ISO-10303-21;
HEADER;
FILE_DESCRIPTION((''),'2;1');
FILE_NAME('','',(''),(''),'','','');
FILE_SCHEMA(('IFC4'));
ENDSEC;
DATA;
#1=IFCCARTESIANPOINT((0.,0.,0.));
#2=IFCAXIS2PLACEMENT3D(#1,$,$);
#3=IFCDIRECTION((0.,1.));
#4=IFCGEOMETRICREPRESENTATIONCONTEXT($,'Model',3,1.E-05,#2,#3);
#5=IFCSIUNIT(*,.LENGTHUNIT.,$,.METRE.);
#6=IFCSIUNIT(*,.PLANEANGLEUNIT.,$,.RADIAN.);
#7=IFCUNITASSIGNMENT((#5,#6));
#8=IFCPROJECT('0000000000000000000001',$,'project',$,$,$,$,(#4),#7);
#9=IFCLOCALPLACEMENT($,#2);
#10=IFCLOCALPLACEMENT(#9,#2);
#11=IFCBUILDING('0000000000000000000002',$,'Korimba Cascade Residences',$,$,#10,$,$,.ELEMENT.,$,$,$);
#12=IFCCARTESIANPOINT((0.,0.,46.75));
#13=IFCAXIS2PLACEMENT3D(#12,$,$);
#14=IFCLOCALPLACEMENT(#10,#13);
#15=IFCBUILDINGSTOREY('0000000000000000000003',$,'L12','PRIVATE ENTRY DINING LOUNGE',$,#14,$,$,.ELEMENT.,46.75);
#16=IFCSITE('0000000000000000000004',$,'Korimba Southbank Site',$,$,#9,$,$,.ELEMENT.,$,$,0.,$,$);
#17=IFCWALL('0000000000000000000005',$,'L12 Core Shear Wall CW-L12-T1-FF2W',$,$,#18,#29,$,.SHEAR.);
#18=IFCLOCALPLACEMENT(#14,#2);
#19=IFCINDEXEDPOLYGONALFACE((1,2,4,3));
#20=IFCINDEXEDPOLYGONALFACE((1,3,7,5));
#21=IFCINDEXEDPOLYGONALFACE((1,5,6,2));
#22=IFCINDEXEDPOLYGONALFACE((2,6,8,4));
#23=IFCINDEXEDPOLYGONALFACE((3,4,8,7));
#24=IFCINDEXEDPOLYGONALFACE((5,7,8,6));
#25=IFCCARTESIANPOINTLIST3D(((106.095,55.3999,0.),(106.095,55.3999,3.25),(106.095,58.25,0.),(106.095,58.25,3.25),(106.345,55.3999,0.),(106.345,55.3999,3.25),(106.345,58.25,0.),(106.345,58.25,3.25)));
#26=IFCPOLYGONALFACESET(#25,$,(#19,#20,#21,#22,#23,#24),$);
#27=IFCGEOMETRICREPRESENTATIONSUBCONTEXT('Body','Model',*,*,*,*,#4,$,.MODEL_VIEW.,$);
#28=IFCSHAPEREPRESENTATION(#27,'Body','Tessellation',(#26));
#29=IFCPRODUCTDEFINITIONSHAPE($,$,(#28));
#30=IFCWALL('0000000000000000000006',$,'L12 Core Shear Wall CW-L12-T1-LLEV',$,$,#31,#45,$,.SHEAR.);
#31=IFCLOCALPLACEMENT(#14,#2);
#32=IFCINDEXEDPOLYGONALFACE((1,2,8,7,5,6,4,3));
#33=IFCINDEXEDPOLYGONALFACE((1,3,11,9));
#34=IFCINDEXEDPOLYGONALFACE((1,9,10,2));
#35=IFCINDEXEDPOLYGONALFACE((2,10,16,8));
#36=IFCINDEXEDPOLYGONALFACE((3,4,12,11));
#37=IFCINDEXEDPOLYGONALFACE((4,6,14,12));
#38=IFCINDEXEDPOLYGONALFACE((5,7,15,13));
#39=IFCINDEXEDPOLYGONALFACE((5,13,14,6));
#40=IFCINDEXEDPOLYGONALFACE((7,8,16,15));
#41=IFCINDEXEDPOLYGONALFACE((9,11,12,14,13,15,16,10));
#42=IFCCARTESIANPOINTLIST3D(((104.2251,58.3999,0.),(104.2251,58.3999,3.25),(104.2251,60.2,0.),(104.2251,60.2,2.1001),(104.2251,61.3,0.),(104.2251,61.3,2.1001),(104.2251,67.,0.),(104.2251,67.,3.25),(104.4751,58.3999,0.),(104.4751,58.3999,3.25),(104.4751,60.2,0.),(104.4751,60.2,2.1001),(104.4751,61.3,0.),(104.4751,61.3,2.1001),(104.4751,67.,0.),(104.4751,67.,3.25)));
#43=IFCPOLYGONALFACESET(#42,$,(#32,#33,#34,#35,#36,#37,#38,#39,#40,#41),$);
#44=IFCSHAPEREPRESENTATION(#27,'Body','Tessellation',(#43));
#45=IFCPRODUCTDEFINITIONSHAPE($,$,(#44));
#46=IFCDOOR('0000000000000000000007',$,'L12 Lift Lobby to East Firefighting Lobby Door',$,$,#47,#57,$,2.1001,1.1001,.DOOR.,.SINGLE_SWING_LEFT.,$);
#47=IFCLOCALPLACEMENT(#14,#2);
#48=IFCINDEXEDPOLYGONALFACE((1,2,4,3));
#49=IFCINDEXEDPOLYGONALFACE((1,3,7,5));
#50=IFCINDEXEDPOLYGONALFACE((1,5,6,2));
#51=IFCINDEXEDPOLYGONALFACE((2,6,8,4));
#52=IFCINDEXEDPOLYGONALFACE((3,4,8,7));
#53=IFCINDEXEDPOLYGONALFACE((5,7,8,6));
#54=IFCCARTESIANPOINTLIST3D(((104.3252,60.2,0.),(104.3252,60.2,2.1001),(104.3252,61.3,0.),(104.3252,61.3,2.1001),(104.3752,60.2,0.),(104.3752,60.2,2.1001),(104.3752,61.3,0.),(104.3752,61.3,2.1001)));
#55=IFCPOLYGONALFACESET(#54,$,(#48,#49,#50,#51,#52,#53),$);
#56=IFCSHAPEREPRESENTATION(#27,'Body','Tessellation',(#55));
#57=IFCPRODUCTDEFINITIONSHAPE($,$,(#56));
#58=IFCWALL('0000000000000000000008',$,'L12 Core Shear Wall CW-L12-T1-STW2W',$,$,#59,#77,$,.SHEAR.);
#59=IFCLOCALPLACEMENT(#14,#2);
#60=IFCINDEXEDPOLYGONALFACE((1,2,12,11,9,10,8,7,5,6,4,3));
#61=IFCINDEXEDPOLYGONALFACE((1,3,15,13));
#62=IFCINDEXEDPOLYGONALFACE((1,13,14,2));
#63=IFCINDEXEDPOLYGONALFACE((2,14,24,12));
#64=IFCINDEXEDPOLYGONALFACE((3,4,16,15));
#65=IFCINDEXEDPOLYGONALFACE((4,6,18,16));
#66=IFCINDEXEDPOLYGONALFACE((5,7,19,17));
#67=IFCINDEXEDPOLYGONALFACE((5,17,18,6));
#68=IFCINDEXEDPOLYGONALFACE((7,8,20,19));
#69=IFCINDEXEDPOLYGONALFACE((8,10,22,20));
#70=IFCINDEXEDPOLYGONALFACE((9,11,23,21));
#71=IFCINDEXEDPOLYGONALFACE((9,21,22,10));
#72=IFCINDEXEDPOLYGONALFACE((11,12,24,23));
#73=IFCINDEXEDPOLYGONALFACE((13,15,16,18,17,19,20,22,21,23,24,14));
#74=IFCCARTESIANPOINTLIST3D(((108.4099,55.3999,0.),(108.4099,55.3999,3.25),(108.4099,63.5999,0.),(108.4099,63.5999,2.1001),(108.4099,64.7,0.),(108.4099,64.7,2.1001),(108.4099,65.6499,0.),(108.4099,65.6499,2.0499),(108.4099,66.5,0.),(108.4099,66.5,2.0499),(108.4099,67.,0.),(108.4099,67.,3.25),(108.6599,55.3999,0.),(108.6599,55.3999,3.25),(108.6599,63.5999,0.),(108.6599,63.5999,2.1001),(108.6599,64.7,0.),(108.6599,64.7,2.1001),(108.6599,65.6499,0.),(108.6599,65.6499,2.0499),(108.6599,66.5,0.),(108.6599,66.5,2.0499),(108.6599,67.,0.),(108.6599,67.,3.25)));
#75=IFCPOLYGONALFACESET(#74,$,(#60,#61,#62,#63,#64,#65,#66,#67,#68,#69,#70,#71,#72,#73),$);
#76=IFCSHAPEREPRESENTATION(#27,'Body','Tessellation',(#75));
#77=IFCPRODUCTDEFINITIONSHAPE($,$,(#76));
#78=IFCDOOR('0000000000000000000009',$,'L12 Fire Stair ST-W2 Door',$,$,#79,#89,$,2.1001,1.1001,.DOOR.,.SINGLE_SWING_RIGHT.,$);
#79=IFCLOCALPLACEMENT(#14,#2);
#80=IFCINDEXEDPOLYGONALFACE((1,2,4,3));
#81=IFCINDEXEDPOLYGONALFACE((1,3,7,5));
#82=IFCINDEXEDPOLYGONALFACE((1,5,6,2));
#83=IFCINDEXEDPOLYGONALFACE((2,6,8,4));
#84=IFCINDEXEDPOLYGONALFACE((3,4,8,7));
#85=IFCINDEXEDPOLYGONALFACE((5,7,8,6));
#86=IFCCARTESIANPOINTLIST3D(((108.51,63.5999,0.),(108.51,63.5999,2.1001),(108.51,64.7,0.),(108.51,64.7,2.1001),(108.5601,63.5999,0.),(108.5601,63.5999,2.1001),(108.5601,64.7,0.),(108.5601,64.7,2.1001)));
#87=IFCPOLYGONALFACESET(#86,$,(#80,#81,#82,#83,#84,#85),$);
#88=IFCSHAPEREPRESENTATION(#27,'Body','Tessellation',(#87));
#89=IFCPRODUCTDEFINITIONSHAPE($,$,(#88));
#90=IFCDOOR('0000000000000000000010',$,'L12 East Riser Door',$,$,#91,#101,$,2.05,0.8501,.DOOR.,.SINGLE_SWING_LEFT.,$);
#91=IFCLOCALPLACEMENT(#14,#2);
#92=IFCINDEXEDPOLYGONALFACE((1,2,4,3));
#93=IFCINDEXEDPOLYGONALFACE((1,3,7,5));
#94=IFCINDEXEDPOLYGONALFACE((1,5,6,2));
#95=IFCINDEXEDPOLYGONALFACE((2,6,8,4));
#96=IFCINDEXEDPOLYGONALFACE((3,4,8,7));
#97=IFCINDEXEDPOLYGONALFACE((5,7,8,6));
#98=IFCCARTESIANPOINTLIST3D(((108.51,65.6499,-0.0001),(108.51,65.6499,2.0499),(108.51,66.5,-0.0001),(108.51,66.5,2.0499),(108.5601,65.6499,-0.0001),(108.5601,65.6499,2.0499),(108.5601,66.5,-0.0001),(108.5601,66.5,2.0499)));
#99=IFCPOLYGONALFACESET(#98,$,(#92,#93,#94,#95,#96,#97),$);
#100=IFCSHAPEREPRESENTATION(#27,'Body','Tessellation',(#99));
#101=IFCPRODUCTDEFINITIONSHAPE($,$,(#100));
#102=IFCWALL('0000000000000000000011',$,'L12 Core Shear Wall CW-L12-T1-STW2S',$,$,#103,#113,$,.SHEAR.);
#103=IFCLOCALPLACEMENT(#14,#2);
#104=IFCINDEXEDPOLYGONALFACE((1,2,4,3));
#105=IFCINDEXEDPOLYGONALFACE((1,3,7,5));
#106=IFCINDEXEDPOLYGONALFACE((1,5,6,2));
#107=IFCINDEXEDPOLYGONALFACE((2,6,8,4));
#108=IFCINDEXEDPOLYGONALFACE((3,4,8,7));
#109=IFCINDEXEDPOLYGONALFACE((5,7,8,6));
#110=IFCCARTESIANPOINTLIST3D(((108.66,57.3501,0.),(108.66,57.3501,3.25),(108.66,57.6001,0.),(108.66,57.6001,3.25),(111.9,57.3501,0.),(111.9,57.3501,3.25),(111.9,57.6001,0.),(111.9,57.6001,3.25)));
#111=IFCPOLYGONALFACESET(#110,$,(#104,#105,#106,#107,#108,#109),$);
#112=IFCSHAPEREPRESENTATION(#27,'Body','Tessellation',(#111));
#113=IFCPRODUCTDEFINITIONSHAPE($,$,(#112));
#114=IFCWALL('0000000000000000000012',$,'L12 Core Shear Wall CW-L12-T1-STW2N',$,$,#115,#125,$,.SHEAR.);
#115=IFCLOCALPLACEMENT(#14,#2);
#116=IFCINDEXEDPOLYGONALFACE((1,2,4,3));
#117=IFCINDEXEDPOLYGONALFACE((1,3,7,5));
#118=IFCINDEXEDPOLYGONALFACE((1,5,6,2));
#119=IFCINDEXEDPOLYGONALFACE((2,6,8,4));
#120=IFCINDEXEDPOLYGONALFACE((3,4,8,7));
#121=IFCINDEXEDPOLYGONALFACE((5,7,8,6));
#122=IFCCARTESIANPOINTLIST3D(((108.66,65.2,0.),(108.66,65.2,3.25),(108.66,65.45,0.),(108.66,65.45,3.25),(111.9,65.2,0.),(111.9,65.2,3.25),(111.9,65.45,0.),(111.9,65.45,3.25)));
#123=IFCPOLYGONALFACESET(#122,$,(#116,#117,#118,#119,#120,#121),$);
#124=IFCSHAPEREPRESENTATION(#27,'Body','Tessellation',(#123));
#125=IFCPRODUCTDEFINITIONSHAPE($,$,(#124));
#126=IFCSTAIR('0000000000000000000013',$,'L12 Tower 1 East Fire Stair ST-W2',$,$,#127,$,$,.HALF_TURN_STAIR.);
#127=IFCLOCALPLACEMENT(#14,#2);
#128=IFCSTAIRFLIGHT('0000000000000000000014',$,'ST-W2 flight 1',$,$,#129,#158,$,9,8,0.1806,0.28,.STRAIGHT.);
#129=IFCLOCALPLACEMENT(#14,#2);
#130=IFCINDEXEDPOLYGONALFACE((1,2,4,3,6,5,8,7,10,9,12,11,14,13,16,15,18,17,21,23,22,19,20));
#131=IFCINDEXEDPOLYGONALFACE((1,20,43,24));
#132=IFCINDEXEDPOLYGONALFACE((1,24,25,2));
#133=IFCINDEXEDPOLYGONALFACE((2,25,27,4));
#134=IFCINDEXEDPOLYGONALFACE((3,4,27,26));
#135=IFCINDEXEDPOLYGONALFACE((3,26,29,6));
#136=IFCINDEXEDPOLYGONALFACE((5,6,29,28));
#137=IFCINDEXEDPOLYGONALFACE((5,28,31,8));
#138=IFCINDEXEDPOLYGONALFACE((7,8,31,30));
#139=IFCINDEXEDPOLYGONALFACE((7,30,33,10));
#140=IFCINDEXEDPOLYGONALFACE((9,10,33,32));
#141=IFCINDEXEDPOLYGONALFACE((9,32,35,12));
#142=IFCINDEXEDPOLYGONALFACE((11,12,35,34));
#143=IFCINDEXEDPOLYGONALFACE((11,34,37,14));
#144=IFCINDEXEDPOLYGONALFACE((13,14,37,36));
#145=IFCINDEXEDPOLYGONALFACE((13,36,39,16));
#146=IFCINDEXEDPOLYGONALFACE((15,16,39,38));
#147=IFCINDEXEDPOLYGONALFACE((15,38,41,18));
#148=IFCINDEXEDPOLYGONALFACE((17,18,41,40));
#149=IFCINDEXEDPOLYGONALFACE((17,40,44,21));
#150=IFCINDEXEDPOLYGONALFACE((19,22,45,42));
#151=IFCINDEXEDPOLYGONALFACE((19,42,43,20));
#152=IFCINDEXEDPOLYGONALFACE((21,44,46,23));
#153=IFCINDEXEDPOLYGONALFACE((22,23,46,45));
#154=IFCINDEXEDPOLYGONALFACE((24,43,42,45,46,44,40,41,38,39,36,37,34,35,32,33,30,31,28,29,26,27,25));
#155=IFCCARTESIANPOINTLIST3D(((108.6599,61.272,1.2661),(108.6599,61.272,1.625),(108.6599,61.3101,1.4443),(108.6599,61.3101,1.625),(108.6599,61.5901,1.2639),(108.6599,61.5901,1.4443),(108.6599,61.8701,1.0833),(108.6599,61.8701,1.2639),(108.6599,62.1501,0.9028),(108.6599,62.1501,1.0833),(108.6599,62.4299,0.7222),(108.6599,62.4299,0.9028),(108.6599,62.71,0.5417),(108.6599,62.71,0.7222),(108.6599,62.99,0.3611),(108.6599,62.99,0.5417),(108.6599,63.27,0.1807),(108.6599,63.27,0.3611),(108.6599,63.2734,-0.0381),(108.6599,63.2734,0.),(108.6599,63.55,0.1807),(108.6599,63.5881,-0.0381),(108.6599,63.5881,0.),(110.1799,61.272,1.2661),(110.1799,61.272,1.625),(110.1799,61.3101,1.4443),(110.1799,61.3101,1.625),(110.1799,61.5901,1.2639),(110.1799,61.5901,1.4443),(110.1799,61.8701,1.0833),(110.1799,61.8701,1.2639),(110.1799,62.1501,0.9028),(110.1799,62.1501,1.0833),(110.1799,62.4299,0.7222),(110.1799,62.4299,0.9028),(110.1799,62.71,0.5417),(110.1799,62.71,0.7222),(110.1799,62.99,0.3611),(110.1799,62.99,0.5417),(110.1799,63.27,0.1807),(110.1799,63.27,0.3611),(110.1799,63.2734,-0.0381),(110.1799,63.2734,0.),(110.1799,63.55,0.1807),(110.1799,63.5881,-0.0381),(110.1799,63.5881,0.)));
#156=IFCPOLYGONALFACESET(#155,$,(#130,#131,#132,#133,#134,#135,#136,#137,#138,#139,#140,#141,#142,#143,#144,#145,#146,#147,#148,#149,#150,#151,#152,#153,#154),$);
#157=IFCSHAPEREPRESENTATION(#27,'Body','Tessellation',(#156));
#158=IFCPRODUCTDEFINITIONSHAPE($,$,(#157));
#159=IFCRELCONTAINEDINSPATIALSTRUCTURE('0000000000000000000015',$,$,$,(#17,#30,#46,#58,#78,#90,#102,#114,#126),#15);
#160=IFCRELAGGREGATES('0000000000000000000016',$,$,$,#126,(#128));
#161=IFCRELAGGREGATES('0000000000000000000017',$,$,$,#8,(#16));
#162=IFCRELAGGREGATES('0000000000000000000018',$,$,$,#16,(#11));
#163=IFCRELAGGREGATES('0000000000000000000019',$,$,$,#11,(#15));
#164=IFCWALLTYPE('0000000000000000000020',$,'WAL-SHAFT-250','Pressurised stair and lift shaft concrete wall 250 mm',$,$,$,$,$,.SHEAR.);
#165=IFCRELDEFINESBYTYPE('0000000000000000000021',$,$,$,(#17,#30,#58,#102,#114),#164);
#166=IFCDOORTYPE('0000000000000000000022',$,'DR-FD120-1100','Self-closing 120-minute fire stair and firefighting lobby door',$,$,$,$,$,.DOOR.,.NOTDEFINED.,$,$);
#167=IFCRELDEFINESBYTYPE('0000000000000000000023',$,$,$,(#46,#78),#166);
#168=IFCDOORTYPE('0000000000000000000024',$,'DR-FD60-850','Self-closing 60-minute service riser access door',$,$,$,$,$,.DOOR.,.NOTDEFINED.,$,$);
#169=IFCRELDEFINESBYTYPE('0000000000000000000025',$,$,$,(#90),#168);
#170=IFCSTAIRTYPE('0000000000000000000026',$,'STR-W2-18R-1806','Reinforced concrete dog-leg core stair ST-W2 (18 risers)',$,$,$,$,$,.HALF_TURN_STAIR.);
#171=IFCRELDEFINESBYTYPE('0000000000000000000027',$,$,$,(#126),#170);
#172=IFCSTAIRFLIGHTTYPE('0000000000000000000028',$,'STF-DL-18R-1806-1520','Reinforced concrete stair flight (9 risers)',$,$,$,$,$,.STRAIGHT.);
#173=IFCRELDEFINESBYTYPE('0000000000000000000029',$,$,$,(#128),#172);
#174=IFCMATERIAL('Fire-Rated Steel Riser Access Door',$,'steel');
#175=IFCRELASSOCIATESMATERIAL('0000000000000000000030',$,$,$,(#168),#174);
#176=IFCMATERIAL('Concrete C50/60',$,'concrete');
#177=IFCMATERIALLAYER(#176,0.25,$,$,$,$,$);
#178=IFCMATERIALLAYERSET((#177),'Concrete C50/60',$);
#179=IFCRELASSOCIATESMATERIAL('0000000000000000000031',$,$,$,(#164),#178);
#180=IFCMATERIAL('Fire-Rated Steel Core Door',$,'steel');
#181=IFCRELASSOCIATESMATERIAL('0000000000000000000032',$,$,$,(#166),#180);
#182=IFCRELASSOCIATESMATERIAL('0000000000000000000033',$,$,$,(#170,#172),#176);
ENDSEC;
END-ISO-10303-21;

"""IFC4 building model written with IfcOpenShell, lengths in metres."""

from ifc_helpers import new_model, si_unit, direction, frame, frame_2d, origin, place, context, subcontext, project, spatial, polyline, rectangle, outline, extrude, material, layer, layer_set, type_object, element, fill, aggregate, save


model = new_model("IFC4")

# Units and contexts
model_context = context("Model", 3, precision=1e-05, world=origin(), true_north=direction((0.0, 1.0)))
body_context = subcontext(model_context, "Body", "Model", "MODEL_VIEW")
ifc_project = project(units=[si_unit("LENGTHUNIT", "METRE"), si_unit("PLANEANGLEUNIT", "RADIAN")], contexts=[model_context])

# Site, building, storey
site_placement = place(None, origin())
site = spatial("IfcSite", under=ifc_project, at=site_placement, Name="Korimba Southbank Site", CompositionType="ELEMENT", RefElevation=0.0)
building_placement = place(site_placement, origin())
building = spatial("IfcBuilding", under=site, at=building_placement, Name="Korimba Cascade Residences", CompositionType="ELEMENT")
storey_placement = place(building_placement, frame((0.0, 0.0, 46.75)))
storey = spatial("IfcBuildingStorey", under=building, at=storey_placement, Name="L12", Description="PRIVATE ENTRY DINING LOUNGE", CompositionType="ELEMENT", Elevation=46.75)

# Shared definitions
ifc_material_1 = material(Name="Concrete C50/60", Category="concrete")

# Shared definitions
ifc_material_2 = material(Name="Fire-Rated Steel Riser Access Door", Category="steel")
door_type_1 = type_object("IfcDoorType", Name="DR-FD60-850", Description="Self-closing 60-minute service riser access door", OperationType="NOTDEFINED", PredefinedType="DOOR", material=ifc_material_2)

# Wall
ifc_layer_1 = layer(ifc_material_1, 0.25)
ifc_layer_set_1 = layer_set([ifc_layer_1], Name="Concrete C50/60")
wall_type_1 = type_object("IfcWallType", Name="WAL-SHAFT-250", Description="Pressurised stair and lift shaft concrete wall 250 mm", PredefinedType="SHEAR", material=ifc_layer_set_1)
wall_1_placement = place(storey_placement, frame((106.22, 55.3999, 0.0), z_axis=(0.0, 0.0, 1.0), x_axis=(0.0, 1.0, 0.0)))
element("IfcWall", 1, at=wall_1_placement, inside=storey, type_object=wall_type_1, Name="L12 Core Shear Wall CW-L12-T1-FF2W", PredefinedType="SHEAR", context=body_context, shape_type="SweptSolid", body=[
    extrude(rectangle(XDim=2.8501, YDim=0.25, at=frame_2d((1.425, 0.0))), origin(), (0.0, 0.0, 1.0), 3.25),
])

# Wall, opening, door
wall_2_placement = place(storey_placement, frame((104.3501, 58.3999, 0.0), z_axis=(0.0, 0.0, 1.0), x_axis=(0.0, 1.0, 0.0)))
wall_2 = element("IfcWall", 2, at=wall_2_placement, inside=storey, type_object=wall_type_1, Name="L12 Core Shear Wall CW-L12-T1-LLEV", PredefinedType="SHEAR", context=body_context, shape_type="SweptSolid", body=[
    extrude(rectangle(XDim=8.6001, YDim=0.25, at=frame_2d((4.3, 0.0))), origin(), (0.0, 0.0, 1.0), 3.25),
])
opening_1_placement = place(wall_2_placement, frame((1.8, 0.0, 0.0)))
opening_1 = element("IfcOpeningElement", 3, at=opening_1_placement, cuts=wall_2, PredefinedType="OPENING", context=body_context, shape_type="SweptSolid", body=[
    extrude(rectangle(XDim=1.1001, YDim=2.1001, at=frame_2d((0.55, 1.05))), frame((0.0, 0.135, 0.0), z_axis=(0.0, -1.0, 0.0), x_axis=(1.0, 0.0, 0.0)), (0.0, 0.0, 1.0), 0.27),
])
ifc_material_3 = material(Name="Fire-Rated Steel Core Door", Category="steel")
door_type_2 = type_object("IfcDoorType", Name="DR-FD120-1100", Description="Self-closing 120-minute fire stair and firefighting lobby door", OperationType="NOTDEFINED", PredefinedType="DOOR", material=ifc_material_3)
door_1_placement = place(opening_1_placement, origin())
door_1 = element("IfcDoor", 4, at=door_1_placement, inside=storey, type_object=door_type_2, Name="L12 Lift Lobby to East Firefighting Lobby Door", OperationType="SINGLE_SWING_LEFT", OverallHeight=2.1001, OverallWidth=1.1001, PredefinedType="DOOR", context=body_context, shape_type="SweptSolid", body=[
    extrude(rectangle(XDim=1.1001, YDim=2.1001, at=frame_2d((0.55, 1.05))), frame((0.0, 0.0249, 0.0), z_axis=(0.0, -1.0, 0.0), x_axis=(1.0, 0.0, 0.0)), (0.0, 0.0, 1.0), 0.05),
])
fill(opening_1, door_1)

# Wall, openings, doors
wall_3_placement = place(storey_placement, frame((108.5349, 55.3999, 0.0), z_axis=(0.0, 0.0, 1.0), x_axis=(0.0, 1.0, 0.0)))
wall_3 = element("IfcWall", 5, at=wall_3_placement, inside=storey, type_object=wall_type_1, Name="L12 Core Shear Wall CW-L12-T1-STW2W", PredefinedType="SHEAR", context=body_context, shape_type="SweptSolid", body=[
    extrude(rectangle(XDim=11.6001, YDim=0.25, at=frame_2d((5.8, 0.0))), origin(), (0.0, 0.0, 1.0), 3.25),
])
opening_2_placement = place(wall_3_placement, frame((8.2, 0.0, 0.0)))
opening_2 = element("IfcOpeningElement", 6, at=opening_2_placement, cuts=wall_3, PredefinedType="OPENING", context=body_context, shape_type="SweptSolid", body=[
    extrude(rectangle(XDim=1.1001, YDim=2.1001, at=frame_2d((0.55, 1.05))), frame((0.0, 0.135, 0.0), z_axis=(0.0, -1.0, 0.0), x_axis=(1.0, 0.0, 0.0)), (0.0, 0.0, 1.0), 0.27),
])
opening_3_placement = place(wall_3_placement, frame((10.25, 0.0, 0.0)))
opening_3 = element("IfcOpeningElement", 7, at=opening_3_placement, cuts=wall_3, PredefinedType="OPENING", context=body_context, shape_type="SweptSolid", body=[
    extrude(rectangle(XDim=0.8501, YDim=2.05, at=frame_2d((0.425, 1.0249))), frame((0.0, 0.135, 0.0), z_axis=(0.0, -1.0, 0.0), x_axis=(1.0, 0.0, 0.0)), (0.0, 0.0, 1.0), 0.27),
])
door_2_placement = place(opening_2_placement, origin())
door_2 = element("IfcDoor", 8, at=door_2_placement, inside=storey, type_object=door_type_2, Name="L12 Fire Stair ST-W2 Door", OperationType="SINGLE_SWING_RIGHT", OverallHeight=2.1001, OverallWidth=1.1001, PredefinedType="DOOR", context=body_context, shape_type="SweptSolid", body=[
    extrude(rectangle(XDim=1.1001, YDim=2.1001, at=frame_2d((0.55, 1.05))), frame((0.0, 0.0249, 0.0), z_axis=(0.0, -1.0, 0.0), x_axis=(1.0, 0.0, 0.0)), (0.0, 0.0, 1.0), 0.05),
])
fill(opening_2, door_2)
door_3_placement = place(opening_3_placement, origin())
door_3 = element("IfcDoor", 9, at=door_3_placement, inside=storey, type_object=door_type_1, Name="L12 East Riser Door", OperationType="SINGLE_SWING_LEFT", OverallHeight=2.05, OverallWidth=0.8501, PredefinedType="DOOR", context=body_context, shape_type="SweptSolid", body=[
    extrude(rectangle(XDim=0.8501, YDim=2.05, at=frame_2d((0.425, 1.0249))), frame((0.0, 0.0249, 0.0), z_axis=(0.0, -1.0, 0.0), x_axis=(1.0, 0.0, 0.0)), (0.0, 0.0, 1.0), 0.05),
])
fill(opening_3, door_3)

# Walls
for number, where, z_axis, x_axis, name in (
    (10, (108.6599, 57.4751, 0.0), (0.0, 0.0, 1.0), (1.0, 0.0, 0.0), "L12 Core Shear Wall CW-L12-T1-STW2S"),
    (11, (108.6599, 65.325, 0.0), (0.0, 0.0, 1.0), (1.0, 0.0, 0.0), "L12 Core Shear Wall CW-L12-T1-STW2N"),
):
    element("IfcWall", number, at=place(storey_placement, frame(where, z_axis=z_axis, x_axis=x_axis)), inside=storey, type_object=wall_type_1, Name=name, PredefinedType="SHEAR", context=body_context, shape_type="SweptSolid", body=[
        extrude(rectangle(XDim=3.24, YDim=0.25, at=frame_2d((1.6201, 0.0))), origin(), (0.0, 0.0, 1.0), 3.25),
    ])

# Stair, stair flight
stair_type = type_object("IfcStairType", Name="STR-W2-18R-1806", Description="Reinforced concrete dog-leg core stair ST-W2 (18 risers)", PredefinedType="HALF_TURN_STAIR", material=ifc_material_1)
stair_placement = place(storey_placement, origin())
stair = element("IfcStair", 12, at=stair_placement, inside=storey, type_object=stair_type, Name="L12 Tower 1 East Fire Stair ST-W2", PredefinedType="HALF_TURN_STAIR")
stair_flight_type = type_object("IfcStairFlightType", Name="STF-DL-18R-1806-1520", Description="Reinforced concrete stair flight (9 risers)", PredefinedType="STRAIGHT", material=ifc_material_1)
stair_flight_1_placement = place(storey_placement, frame((109.4199, 63.55, 0.0), z_axis=(0.0, 0.0, 1.0), x_axis=(0.0, -1.0, 0.0)))
stair_flight_1 = element("IfcStairFlight", 13, at=stair_flight_1_placement, type_object=stair_flight_type, Name="ST-W2 flight 1", NumberOfRisers=9, NumberOfTreads=8, PredefinedType="STRAIGHT", RiserHeight=0.1806, TreadLength=0.28, context=body_context, shape_type="SweptSolid", body=[
    extrude(outline(polyline([(-0.0381, 0.0), (0.0, 0.1807), (0.28, 0.1807), (0.28, 0.3611), (0.5601, 0.3611), (0.5601, 0.5417), (0.8401, 0.5417), (0.8401, 0.7222), (1.1201, 0.7222), (1.1201, 0.9028), (1.3999, 0.9028), (1.3999, 1.0833), (1.6799, 1.0833), (1.6799, 1.2639), (1.96, 1.2639), (1.96, 1.4443), (2.24, 1.4443), (2.24, 1.625), (2.2781, 1.625), (2.2781, 1.2661), (0.2766, 0.0), (0.2766, -0.0381), (-0.0381, -0.0381), (-0.0381, 0.0)])), frame((0.0, 0.76, 0.0), z_axis=(0.0, -1.0, 0.0), x_axis=(1.0, 0.0, 0.0)), (0.0, 0.0, 1.0), 1.52),
])
aggregate(stair, [stair_flight_1])

save(model, "model.ifc")
